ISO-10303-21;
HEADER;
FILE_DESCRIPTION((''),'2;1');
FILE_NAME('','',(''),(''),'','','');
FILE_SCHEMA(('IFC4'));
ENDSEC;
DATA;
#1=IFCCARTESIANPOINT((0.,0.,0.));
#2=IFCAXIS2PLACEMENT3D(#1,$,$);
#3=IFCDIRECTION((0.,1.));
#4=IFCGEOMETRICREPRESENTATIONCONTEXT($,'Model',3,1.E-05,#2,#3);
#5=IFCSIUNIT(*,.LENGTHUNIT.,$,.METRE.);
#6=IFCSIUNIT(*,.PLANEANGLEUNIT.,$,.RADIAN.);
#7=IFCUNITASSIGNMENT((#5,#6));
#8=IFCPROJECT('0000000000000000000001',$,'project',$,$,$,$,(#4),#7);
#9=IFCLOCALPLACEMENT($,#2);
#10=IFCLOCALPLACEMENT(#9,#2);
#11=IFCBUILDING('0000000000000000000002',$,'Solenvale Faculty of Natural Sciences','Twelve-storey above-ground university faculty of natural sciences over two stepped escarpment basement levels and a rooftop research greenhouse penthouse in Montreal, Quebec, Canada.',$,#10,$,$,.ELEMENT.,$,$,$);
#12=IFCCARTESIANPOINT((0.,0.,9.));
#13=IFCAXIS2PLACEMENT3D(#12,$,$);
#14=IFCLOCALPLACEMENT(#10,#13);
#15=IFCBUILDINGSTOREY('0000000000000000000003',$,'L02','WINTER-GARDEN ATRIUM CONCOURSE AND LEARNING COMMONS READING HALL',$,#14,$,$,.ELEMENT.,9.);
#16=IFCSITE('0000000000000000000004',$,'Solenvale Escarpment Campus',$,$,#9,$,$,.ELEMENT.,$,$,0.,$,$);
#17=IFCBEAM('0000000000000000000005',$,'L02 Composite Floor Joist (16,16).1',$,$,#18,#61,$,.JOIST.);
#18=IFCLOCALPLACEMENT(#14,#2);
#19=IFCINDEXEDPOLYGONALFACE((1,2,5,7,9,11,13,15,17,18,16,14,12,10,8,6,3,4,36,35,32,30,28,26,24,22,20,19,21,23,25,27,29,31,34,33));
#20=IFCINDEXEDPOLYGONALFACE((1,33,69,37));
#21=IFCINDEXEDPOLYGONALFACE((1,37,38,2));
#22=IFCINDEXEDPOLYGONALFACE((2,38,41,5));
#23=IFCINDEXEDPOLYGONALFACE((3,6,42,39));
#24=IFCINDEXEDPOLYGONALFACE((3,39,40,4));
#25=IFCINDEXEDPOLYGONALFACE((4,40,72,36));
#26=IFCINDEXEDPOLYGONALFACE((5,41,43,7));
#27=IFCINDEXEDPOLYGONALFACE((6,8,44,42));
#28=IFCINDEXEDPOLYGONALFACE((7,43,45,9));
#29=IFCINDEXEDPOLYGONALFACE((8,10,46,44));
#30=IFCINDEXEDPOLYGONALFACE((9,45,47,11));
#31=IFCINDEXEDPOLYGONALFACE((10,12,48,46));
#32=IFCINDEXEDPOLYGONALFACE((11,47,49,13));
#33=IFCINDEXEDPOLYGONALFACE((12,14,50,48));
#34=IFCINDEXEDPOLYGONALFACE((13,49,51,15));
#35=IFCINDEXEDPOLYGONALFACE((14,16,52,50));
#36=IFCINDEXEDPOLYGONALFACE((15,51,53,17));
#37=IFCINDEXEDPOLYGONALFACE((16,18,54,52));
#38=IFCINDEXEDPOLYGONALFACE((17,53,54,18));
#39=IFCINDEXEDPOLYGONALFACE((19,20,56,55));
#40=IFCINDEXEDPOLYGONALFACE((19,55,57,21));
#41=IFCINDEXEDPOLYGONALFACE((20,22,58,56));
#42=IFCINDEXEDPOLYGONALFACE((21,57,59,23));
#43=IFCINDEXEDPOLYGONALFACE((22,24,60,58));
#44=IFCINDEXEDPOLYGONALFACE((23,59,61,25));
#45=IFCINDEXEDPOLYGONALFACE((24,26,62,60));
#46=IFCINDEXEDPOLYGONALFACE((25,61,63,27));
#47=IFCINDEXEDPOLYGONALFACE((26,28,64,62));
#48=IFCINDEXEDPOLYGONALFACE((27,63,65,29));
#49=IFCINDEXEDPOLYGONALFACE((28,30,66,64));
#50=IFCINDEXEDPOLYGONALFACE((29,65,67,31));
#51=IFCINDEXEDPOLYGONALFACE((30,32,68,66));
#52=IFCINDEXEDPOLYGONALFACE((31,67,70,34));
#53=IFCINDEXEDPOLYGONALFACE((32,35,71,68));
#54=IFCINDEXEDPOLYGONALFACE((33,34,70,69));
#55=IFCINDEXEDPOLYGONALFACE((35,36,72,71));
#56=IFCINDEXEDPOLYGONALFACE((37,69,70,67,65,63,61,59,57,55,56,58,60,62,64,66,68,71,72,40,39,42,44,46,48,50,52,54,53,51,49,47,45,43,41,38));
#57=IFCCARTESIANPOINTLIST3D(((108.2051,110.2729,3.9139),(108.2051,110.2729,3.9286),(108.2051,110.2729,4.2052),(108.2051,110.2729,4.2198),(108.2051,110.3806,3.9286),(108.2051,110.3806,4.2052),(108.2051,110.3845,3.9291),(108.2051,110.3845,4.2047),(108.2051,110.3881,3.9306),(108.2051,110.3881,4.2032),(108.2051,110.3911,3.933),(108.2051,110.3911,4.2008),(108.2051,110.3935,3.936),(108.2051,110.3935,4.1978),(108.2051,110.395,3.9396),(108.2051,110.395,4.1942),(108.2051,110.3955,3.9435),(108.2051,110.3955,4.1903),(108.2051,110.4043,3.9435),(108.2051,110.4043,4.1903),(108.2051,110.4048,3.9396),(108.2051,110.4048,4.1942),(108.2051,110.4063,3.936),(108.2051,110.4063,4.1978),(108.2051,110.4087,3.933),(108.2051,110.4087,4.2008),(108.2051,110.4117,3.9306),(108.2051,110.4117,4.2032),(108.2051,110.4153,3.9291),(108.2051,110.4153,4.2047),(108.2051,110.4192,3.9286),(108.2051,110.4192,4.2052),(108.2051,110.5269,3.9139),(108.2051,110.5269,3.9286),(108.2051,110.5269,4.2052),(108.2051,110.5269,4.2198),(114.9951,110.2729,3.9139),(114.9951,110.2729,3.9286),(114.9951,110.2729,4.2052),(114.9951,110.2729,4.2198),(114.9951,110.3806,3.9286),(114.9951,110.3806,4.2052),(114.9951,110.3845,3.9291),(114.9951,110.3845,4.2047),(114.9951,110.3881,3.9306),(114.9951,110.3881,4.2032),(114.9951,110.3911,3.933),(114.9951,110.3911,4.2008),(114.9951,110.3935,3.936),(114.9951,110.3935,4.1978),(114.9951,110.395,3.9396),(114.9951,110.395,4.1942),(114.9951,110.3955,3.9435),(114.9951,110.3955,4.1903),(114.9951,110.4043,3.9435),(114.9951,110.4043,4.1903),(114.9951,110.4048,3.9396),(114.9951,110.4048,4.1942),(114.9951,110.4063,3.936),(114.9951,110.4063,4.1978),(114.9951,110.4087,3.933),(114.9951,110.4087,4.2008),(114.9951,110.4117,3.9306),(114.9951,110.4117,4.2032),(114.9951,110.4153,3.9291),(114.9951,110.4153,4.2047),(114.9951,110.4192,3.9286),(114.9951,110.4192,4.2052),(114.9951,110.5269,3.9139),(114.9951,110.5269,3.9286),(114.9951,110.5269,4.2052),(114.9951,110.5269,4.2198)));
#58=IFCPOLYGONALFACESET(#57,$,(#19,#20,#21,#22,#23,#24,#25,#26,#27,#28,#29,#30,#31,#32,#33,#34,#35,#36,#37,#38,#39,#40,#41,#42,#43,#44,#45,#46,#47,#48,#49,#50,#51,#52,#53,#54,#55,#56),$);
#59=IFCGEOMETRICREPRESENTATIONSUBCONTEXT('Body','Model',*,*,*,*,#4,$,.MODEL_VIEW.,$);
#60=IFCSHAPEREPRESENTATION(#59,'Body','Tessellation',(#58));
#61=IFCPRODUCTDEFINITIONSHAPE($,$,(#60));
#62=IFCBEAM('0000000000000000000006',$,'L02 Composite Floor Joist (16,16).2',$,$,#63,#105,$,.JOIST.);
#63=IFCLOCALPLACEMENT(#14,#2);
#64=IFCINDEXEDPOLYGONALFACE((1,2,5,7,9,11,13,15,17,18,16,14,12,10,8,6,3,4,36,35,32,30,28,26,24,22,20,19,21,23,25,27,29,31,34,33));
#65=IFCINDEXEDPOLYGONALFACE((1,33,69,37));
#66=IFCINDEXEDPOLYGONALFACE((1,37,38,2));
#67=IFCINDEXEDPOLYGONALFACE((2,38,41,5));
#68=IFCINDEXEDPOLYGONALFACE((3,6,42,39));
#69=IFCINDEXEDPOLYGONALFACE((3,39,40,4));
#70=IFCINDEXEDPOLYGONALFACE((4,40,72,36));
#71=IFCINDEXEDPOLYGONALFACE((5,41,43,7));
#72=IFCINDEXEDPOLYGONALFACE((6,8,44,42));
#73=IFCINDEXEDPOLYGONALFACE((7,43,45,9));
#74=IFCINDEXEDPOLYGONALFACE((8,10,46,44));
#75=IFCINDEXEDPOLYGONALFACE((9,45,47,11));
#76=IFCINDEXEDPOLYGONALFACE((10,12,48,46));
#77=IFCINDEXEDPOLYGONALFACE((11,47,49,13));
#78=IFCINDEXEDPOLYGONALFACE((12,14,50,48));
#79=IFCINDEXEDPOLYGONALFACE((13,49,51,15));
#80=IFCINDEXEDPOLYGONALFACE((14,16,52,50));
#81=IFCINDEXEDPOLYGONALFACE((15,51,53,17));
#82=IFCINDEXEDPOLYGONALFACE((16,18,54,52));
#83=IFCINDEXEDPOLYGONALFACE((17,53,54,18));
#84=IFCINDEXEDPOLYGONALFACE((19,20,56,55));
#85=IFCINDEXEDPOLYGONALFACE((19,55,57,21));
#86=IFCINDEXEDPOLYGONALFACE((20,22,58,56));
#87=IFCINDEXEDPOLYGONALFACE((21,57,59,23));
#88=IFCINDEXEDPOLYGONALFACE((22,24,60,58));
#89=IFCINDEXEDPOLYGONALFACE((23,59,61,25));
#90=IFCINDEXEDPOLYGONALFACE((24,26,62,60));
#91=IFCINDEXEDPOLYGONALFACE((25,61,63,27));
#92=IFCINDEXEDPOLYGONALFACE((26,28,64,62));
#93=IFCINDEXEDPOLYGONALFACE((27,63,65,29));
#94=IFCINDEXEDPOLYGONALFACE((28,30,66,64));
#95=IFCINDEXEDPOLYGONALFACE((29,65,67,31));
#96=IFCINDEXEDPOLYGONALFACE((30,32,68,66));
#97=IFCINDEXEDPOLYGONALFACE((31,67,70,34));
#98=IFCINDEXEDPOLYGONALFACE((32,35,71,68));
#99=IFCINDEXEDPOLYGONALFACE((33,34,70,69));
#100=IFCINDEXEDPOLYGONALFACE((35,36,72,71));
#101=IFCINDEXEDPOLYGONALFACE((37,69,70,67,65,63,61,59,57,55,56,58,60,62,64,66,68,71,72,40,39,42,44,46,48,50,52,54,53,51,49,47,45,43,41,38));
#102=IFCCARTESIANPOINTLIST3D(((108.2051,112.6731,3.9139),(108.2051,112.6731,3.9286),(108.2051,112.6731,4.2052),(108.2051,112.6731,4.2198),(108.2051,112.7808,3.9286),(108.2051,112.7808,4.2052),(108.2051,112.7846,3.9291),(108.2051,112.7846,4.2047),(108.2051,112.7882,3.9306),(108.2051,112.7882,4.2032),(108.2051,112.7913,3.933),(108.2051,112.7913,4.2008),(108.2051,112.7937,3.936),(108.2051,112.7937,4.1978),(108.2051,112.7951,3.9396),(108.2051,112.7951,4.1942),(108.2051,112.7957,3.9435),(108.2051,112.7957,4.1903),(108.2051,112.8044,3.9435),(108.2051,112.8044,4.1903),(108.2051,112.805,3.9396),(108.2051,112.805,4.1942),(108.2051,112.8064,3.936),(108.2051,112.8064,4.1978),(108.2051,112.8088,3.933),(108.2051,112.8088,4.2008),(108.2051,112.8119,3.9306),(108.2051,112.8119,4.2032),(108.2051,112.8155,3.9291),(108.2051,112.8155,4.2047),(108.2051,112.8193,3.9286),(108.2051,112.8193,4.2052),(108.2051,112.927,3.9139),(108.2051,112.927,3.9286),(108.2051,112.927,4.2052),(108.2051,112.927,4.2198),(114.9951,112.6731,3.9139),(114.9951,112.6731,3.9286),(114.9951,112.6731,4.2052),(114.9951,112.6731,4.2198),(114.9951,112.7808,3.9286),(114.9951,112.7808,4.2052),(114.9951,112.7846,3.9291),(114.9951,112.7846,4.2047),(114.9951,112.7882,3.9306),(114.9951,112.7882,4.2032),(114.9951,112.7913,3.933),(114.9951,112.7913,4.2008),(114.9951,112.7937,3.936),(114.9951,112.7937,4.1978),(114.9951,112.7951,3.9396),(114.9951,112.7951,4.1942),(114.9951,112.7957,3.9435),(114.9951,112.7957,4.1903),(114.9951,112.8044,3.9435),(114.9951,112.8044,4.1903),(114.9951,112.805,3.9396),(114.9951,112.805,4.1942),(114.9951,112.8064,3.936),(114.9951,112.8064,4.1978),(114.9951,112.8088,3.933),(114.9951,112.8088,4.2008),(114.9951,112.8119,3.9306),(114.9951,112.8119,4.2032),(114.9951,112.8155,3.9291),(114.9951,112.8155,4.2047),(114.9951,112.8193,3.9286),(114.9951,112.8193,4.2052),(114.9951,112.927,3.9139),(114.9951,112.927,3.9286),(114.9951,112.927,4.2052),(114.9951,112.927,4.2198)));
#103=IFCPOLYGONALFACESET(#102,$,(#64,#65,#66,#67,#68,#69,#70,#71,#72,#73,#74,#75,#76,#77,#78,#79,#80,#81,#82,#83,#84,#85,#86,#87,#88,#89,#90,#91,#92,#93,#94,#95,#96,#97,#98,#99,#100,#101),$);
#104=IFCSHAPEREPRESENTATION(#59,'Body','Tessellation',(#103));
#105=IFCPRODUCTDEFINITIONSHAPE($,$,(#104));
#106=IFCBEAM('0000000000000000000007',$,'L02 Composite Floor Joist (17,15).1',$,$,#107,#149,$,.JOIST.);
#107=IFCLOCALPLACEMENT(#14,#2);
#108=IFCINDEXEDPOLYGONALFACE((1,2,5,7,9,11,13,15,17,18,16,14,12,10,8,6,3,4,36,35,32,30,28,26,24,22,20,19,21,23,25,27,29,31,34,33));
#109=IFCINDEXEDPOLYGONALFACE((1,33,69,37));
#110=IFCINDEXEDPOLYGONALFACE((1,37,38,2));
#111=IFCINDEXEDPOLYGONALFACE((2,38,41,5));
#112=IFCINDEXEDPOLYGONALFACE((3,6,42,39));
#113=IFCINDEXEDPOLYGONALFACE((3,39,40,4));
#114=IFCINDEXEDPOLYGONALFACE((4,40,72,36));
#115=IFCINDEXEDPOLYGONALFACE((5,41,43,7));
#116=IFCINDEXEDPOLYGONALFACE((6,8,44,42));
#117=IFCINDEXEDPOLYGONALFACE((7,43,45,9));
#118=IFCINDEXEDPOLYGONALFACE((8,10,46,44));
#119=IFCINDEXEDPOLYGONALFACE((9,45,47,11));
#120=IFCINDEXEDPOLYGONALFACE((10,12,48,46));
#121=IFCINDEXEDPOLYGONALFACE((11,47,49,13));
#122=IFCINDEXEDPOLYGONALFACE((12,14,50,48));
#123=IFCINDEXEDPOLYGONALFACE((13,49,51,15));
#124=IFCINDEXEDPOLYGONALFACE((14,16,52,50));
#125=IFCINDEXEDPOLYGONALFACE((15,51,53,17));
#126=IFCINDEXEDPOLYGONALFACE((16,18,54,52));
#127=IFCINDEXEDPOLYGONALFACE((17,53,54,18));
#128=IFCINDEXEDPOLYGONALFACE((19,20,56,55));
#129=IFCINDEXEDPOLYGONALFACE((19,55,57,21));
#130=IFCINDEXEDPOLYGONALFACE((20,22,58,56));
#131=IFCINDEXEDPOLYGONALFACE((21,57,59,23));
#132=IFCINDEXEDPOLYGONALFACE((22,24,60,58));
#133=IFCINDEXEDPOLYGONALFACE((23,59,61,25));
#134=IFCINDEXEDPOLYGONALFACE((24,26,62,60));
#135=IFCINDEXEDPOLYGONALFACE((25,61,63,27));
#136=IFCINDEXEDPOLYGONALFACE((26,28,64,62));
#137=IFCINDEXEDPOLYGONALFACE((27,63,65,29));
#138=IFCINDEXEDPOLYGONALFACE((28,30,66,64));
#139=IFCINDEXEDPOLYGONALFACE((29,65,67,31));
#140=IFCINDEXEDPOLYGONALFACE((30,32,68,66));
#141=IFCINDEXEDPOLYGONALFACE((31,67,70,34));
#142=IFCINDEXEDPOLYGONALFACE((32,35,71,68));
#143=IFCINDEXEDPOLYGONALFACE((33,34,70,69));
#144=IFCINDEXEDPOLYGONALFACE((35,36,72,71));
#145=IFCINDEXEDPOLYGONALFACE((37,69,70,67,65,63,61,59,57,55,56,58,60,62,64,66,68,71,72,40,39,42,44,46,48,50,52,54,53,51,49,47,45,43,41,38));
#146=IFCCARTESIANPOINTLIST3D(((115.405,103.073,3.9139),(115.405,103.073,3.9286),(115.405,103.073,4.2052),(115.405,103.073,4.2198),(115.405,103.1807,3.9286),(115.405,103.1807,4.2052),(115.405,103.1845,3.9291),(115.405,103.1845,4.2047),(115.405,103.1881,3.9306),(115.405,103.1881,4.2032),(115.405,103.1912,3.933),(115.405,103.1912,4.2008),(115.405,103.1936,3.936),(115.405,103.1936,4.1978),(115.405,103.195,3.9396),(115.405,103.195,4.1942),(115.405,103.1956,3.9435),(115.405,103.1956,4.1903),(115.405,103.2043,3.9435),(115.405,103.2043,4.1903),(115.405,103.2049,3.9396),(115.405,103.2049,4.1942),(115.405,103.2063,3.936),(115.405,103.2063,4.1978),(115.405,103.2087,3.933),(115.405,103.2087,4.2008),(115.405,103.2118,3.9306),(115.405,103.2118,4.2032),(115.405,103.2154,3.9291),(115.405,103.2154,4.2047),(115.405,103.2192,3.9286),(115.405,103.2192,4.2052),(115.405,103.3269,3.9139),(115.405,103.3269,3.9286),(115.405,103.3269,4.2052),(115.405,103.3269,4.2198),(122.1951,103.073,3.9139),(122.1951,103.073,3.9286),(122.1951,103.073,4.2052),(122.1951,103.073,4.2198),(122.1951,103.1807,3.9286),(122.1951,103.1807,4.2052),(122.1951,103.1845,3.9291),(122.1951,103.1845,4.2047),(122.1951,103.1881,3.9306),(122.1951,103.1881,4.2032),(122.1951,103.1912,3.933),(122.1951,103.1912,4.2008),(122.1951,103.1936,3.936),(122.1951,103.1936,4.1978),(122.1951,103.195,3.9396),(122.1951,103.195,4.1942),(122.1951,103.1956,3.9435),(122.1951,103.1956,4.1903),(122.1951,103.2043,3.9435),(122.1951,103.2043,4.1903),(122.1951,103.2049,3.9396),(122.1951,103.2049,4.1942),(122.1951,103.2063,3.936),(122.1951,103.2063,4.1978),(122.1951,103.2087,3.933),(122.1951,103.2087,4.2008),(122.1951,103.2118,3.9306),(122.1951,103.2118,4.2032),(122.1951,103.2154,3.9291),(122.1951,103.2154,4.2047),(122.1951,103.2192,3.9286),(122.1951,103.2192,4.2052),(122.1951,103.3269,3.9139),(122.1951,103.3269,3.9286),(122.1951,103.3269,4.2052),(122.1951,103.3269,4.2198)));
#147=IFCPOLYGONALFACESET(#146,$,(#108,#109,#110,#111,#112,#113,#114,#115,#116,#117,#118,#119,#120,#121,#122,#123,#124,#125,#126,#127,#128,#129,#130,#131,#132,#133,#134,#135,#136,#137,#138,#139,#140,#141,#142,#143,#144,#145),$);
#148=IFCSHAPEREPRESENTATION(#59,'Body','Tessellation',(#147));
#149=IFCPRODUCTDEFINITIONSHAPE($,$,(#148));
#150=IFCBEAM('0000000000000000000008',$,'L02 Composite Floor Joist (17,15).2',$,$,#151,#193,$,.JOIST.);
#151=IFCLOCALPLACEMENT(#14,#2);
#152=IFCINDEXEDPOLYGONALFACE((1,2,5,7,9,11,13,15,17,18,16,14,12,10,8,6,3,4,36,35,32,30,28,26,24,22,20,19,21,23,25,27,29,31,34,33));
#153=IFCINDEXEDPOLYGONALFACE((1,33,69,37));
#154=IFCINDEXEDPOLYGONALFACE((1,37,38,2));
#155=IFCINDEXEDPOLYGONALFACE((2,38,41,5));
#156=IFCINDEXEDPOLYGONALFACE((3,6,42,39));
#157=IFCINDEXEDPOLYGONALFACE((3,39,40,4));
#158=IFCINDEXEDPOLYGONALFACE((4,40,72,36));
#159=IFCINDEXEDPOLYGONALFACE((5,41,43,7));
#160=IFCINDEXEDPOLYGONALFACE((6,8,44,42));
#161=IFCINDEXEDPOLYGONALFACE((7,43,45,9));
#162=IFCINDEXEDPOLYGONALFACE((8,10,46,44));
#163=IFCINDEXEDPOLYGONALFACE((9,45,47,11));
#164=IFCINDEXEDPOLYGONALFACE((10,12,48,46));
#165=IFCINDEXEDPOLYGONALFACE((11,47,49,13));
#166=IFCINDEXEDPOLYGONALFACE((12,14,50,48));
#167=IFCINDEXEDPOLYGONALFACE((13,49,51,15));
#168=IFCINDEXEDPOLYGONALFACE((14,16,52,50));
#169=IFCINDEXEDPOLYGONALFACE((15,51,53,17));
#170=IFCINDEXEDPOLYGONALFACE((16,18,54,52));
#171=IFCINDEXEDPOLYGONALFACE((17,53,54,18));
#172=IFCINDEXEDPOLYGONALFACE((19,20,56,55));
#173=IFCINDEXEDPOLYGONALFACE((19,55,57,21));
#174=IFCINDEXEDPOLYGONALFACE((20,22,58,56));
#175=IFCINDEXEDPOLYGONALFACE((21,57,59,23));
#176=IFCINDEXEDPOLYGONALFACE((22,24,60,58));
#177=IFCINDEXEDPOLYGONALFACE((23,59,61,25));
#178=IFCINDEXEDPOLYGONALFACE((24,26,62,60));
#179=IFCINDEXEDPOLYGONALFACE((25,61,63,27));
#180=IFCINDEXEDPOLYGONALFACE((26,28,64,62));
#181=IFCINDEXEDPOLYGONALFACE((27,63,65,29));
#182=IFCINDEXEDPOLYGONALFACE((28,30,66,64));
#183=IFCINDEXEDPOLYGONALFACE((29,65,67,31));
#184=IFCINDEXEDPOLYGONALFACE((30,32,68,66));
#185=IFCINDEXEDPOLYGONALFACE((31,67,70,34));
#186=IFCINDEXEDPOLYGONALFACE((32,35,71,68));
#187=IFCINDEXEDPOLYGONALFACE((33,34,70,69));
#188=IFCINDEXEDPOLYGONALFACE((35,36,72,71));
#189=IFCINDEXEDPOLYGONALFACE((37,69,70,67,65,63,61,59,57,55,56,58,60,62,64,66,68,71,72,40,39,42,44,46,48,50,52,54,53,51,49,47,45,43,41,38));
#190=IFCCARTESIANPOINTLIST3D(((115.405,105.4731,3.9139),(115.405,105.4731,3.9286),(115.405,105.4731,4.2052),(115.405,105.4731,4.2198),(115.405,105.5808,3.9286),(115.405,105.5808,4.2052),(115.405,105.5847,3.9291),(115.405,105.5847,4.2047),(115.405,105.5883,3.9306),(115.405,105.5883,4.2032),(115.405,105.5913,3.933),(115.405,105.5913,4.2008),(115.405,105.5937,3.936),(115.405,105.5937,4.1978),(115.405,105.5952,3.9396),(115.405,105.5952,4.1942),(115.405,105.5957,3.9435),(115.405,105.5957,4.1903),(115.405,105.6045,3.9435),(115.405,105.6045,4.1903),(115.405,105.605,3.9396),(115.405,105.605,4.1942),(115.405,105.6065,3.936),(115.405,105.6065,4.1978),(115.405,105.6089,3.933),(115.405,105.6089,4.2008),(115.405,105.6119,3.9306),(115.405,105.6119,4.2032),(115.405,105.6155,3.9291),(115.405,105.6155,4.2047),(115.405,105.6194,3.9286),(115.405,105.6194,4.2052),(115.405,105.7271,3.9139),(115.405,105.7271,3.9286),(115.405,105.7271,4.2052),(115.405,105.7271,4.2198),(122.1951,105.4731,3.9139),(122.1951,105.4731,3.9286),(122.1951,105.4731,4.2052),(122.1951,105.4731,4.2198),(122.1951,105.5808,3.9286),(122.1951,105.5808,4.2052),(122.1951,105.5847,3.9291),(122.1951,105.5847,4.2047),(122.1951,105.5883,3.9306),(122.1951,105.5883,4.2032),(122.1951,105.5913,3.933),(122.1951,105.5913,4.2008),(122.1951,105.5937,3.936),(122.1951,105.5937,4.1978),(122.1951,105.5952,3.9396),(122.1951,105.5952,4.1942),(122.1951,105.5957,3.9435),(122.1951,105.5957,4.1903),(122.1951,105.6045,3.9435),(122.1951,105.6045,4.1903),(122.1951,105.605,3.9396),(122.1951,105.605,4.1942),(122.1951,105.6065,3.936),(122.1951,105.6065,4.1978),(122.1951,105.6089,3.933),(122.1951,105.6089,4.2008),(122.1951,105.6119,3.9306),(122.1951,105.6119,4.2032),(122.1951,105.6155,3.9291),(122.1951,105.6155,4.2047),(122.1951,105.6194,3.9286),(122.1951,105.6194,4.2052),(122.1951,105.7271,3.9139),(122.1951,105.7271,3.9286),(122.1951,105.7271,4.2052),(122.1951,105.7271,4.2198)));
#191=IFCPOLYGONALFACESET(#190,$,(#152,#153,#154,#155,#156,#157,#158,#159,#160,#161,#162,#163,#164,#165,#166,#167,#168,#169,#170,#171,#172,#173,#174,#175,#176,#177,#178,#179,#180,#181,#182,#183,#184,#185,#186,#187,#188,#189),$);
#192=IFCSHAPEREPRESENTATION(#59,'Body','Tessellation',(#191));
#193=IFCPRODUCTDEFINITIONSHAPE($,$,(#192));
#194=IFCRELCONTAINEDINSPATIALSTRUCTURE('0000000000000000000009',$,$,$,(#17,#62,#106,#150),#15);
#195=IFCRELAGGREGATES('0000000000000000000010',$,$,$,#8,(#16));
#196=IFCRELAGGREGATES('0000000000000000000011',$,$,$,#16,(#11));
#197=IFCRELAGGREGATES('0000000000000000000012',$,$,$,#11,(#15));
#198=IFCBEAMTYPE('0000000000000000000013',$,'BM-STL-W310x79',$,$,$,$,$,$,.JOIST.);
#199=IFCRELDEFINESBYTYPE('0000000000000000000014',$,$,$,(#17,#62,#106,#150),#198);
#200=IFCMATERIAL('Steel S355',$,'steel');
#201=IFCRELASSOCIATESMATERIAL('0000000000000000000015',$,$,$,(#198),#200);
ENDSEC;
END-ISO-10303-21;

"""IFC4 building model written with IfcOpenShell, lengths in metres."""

from ifc_helpers import new_model, si_unit, direction, frame, origin, origin_2d, place, context, subcontext, project, spatial, i_section, extrude, material, material_profile, profile_set, type_object, element, save


model = new_model("IFC4")

# Units and contexts
model_context = context("Model", 3, precision=1e-05, world=origin(), true_north=direction((0.0, 1.0)))
body_context = subcontext(model_context, "Body", "Model", "MODEL_VIEW")
ifc_project = project(units=[si_unit("LENGTHUNIT", "METRE"), si_unit("PLANEANGLEUNIT", "RADIAN")], contexts=[model_context])

# Site, building, storey
site_placement = place(None, origin())
site = spatial("IfcSite", under=ifc_project, at=site_placement, Name="Solenvale Escarpment Campus", CompositionType="ELEMENT", RefElevation=0.0)
building_placement = place(site_placement, origin())
building = spatial("IfcBuilding", under=site, at=building_placement, Name="Solenvale Faculty of Natural Sciences", Description="Twelve-storey above-ground university faculty of natural sciences over two stepped escarpment basement levels and a rooftop research greenhouse penthouse in Montreal, Quebec, Canada.", CompositionType="ELEMENT")
storey_placement = place(building_placement, frame((0.0, 0.0, 9.0)))
storey = spatial("IfcBuildingStorey", under=building, at=storey_placement, Name="L02", Description="WINTER-GARDEN ATRIUM CONCOURSE AND LEARNING COMMONS READING HALL", CompositionType="ELEMENT", Elevation=9.0)

# Beams
ifc_material_1 = material(Name="Steel S355", Category="steel")
ifc_material_profile_1 = material_profile(ifc_material_1, i_section(OverallWidth=0.2539, OverallDepth=0.3059, WebThickness=0.0088, FlangeThickness=0.0146, FilletRadius=0.0149, at=origin_2d()), Name="W310x79")
ifc_profile_set_1 = profile_set([ifc_material_profile_1], Name="Steel S355")
beam_type_1 = type_object("IfcBeamType", Name="BM-STL-W310x79", PredefinedType="JOIST", material=ifc_profile_set_1)
for number, where, z_axis, x_axis, name in (
    (1, (108.2051, 110.3999, 4.0669), (1.0, 0.0, 0.0), (0.0, 1.0, 0.0), "L02 Composite Floor Joist (16,16).1"),
    (2, (108.2051, 112.8, 4.0669), (1.0, 0.0, 0.0), (0.0, 1.0, 0.0), "L02 Composite Floor Joist (16,16).2"),
    (3, (115.405, 103.2, 4.0669), (1.0, 0.0, 0.0), (0.0, 1.0, 0.0), "L02 Composite Floor Joist (17,15).1"),
    (4, (115.405, 105.6001, 4.0669), (1.0, 0.0, 0.0), (0.0, 1.0, 0.0), "L02 Composite Floor Joist (17,15).2"),
):
    element("IfcBeam", number, at=place(storey_placement, frame(where, z_axis=z_axis, x_axis=x_axis)), inside=storey, type_object=beam_type_1, Name=name, PredefinedType="JOIST", context=body_context, shape_type="SweptSolid", body=[
        extrude(i_section(OverallWidth=0.2539, OverallDepth=0.3059, WebThickness=0.0088, FlangeThickness=0.0146, FilletRadius=0.0149, at=origin_2d()), origin(), (0.0, 0.0, 1.0), 6.79),
    ])

save(model, "model.ifc")
